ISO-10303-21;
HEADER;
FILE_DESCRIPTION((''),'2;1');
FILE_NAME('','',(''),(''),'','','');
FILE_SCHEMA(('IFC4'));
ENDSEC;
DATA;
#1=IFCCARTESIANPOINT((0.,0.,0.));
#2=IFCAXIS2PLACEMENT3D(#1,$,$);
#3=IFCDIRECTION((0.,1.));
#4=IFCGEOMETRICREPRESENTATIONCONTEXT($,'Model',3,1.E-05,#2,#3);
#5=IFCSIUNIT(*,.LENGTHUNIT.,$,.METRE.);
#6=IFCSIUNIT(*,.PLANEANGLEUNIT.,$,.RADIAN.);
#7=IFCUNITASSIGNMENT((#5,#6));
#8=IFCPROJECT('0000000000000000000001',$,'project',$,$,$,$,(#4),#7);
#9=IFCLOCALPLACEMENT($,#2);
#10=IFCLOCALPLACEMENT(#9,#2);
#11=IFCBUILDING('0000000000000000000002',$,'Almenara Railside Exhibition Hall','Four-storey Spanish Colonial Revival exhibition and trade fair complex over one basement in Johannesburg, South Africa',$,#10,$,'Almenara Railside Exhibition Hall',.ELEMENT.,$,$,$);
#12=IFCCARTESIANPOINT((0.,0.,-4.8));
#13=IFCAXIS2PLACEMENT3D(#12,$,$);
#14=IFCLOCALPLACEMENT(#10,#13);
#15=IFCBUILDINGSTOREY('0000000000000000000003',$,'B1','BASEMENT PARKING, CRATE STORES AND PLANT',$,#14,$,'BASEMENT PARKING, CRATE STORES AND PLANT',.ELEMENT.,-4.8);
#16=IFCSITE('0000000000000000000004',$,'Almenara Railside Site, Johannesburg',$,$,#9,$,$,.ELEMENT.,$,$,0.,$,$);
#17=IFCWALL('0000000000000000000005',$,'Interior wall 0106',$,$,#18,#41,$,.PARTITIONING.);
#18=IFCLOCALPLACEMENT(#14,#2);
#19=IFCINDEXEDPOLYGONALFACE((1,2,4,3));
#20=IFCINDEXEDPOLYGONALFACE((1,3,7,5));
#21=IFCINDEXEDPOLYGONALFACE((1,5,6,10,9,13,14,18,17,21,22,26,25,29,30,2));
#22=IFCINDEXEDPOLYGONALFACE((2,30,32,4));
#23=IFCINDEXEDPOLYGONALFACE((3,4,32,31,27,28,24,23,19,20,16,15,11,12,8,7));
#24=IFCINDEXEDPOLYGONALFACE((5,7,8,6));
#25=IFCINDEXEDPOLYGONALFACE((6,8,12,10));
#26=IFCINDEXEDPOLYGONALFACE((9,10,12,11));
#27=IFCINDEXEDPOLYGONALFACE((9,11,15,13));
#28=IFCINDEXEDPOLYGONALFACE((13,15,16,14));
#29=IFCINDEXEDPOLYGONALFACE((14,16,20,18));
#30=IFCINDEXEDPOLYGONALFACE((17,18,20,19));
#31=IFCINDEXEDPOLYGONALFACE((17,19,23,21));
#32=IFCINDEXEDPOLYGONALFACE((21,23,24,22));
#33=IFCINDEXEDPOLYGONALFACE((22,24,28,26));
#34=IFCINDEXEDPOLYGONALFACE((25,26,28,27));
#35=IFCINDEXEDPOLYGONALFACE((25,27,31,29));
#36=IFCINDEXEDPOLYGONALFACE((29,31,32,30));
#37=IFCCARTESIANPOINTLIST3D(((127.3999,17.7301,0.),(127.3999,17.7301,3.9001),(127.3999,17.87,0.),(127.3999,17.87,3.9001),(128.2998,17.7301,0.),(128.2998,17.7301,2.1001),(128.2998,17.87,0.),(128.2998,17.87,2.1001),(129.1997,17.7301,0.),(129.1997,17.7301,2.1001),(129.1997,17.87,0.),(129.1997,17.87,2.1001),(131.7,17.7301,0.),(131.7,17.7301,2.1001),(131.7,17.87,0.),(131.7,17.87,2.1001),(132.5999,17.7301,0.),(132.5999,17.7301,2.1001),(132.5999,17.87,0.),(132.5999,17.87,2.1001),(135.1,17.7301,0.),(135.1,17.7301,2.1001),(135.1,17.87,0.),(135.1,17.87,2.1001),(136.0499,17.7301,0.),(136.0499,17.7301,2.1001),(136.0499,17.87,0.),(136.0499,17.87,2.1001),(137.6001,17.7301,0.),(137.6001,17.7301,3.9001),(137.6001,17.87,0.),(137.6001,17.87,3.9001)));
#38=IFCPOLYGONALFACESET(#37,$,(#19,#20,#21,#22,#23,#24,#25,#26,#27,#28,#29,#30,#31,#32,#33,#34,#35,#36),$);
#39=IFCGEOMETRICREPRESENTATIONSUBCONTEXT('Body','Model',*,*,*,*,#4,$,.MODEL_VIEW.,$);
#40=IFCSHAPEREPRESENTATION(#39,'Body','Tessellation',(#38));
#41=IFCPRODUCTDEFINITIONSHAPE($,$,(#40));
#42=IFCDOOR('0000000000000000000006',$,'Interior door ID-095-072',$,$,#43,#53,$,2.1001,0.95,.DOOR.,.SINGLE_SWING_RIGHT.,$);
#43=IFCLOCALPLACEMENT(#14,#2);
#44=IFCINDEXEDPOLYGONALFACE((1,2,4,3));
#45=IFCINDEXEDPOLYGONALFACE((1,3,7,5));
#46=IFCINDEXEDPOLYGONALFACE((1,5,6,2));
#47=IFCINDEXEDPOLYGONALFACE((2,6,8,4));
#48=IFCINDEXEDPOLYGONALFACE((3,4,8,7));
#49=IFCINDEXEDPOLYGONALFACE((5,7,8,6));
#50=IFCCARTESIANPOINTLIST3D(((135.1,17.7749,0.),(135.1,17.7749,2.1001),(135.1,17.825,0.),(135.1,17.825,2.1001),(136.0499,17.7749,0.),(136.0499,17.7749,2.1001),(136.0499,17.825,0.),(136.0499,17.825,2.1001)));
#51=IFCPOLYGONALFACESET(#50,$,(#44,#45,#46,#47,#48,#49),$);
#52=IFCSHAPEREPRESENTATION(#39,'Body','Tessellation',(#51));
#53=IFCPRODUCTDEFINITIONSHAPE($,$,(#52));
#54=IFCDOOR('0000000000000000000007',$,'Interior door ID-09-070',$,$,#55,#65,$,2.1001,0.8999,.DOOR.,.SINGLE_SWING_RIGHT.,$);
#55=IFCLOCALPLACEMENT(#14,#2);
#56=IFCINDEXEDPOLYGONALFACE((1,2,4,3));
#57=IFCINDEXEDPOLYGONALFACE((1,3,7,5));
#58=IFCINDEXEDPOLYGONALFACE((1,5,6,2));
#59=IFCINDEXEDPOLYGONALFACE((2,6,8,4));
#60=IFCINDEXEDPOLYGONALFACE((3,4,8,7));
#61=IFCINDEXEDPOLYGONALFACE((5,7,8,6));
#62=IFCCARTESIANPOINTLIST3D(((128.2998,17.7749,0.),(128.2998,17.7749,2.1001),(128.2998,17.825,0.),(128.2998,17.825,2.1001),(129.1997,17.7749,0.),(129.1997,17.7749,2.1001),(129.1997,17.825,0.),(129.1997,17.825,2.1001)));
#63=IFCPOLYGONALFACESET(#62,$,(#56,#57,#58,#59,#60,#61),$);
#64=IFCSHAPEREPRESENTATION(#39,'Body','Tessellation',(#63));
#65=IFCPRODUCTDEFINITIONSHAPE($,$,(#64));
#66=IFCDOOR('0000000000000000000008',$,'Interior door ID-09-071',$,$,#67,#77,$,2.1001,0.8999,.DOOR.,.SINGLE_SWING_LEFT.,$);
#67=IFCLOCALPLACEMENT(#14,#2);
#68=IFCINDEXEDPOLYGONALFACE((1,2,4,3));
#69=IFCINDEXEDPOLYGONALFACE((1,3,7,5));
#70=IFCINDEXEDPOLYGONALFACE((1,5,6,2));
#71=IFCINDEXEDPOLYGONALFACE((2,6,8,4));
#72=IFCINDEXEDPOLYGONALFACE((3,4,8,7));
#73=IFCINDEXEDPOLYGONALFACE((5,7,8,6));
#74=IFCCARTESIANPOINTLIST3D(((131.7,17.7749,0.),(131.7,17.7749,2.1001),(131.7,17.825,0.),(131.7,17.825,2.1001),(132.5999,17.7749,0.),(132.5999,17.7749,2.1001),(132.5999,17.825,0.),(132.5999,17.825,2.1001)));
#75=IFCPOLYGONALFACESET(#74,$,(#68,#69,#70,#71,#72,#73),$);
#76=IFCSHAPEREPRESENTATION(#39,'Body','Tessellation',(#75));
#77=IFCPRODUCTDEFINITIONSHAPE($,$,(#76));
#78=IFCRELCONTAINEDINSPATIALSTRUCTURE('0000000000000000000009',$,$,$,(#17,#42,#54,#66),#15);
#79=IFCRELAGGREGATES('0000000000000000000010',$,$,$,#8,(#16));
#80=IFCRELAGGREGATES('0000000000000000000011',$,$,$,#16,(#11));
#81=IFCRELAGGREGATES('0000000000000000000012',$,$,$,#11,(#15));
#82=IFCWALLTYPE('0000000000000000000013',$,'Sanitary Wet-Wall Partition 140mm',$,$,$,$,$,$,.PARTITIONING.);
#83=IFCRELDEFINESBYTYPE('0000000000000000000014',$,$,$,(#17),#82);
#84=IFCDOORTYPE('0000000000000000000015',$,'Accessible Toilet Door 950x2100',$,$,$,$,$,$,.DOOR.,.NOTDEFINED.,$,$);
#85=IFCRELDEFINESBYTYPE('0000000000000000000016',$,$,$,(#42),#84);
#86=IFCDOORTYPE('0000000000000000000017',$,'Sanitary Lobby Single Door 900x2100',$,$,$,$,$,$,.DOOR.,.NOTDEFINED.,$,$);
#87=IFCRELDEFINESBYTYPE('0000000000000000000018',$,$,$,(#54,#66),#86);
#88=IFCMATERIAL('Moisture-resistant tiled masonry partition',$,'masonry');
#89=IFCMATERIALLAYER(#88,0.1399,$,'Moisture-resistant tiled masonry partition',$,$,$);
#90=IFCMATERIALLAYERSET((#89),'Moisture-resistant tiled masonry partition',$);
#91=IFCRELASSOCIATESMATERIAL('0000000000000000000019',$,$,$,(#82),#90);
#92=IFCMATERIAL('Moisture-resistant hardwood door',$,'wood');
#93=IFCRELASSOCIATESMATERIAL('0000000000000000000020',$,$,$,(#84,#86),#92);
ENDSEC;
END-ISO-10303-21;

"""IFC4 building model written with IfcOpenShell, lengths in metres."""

from ifc_helpers import new_model, si_unit, direction, frame, frame_2d, origin, place, context, subcontext, project, spatial, rectangle, extrude, material, layer, layer_set, type_object, element, fill, save


model = new_model("IFC4")

# Units and contexts
model_context = context("Model", 3, precision=1e-05, world=origin(), true_north=direction((0.0, 1.0)))
body_context = subcontext(model_context, "Body", "Model", "MODEL_VIEW")
ifc_project = project(units=[si_unit("LENGTHUNIT", "METRE"), si_unit("PLANEANGLEUNIT", "RADIAN")], contexts=[model_context])

# Site, building, storey
site_placement = place(None, origin())
site = spatial("IfcSite", under=ifc_project, at=site_placement, Name="Almenara Railside Site, Johannesburg", CompositionType="ELEMENT", RefElevation=0.0)
building_placement = place(site_placement, origin())
building = spatial("IfcBuilding", under=site, at=building_placement, Name="Almenara Railside Exhibition Hall", Description="Four-storey Spanish Colonial Revival exhibition and trade fair complex over one basement in Johannesburg, South Africa", LongName="Almenara Railside Exhibition Hall", CompositionType="ELEMENT")
storey_placement = place(building_placement, frame((0.0, 0.0, -4.8)))
storey = spatial("IfcBuildingStorey", under=building, at=storey_placement, Name="B1", Description="BASEMENT PARKING, CRATE STORES AND PLANT", LongName="BASEMENT PARKING, CRATE STORES AND PLANT", CompositionType="ELEMENT", Elevation=-4.8)

# Wall, openings, doors
ifc_material_1 = material(Name="Moisture-resistant tiled masonry partition", Category="masonry")
ifc_layer_1 = layer(ifc_material_1, 0.1399, Name="Moisture-resistant tiled masonry partition")
ifc_layer_set_1 = layer_set([ifc_layer_1], Name="Moisture-resistant tiled masonry partition")
wall_type_1 = type_object("IfcWallType", Name="Sanitary Wet-Wall Partition 140mm", PredefinedType="PARTITIONING", material=ifc_layer_set_1)
wall_1_placement = place(storey_placement, frame((127.3999, 17.8, 0.0), z_axis=(0.0, 0.0, 1.0), x_axis=(1.0, 0.0, 0.0)))
wall_1 = element("IfcWall", 1, at=wall_1_placement, inside=storey, type_object=wall_type_1, Name="Interior wall 0106", PredefinedType="PARTITIONING", context=body_context, shape_type="SweptSolid", body=[
    extrude(rectangle(XDim=10.2002, YDim=0.1399, at=frame_2d((5.1001, 0.0))), origin(), (0.0, 0.0, 1.0), 3.9001),
])
opening_1_placement = place(wall_1_placement, frame((0.8999, 0.0, 0.0)))
opening_1 = element("IfcOpeningElement", 2, at=opening_1_placement, cuts=wall_1, PredefinedType="OPENING", context=body_context, shape_type="SweptSolid", body=[
    extrude(rectangle(XDim=0.8999, YDim=2.1001, at=frame_2d((0.45, 1.05))), frame((0.0, 0.0798, 0.0), z_axis=(0.0, -1.0, 0.0), x_axis=(1.0, 0.0, 0.0)), (0.0, 0.0, 1.0), 0.1599),
])
opening_2_placement = place(wall_1_placement, frame((4.3, 0.0, 0.0)))
opening_2 = element("IfcOpeningElement", 3, at=opening_2_placement, cuts=wall_1, PredefinedType="OPENING", context=body_context, shape_type="SweptSolid", body=[
    extrude(rectangle(XDim=0.8999, YDim=2.1001, at=frame_2d((0.45, 1.05))), frame((0.0, 0.0798, 0.0), z_axis=(0.0, -1.0, 0.0), x_axis=(1.0, 0.0, 0.0)), (0.0, 0.0, 1.0), 0.1599),
])
opening_3_placement = place(wall_1_placement, frame((7.7, 0.0, 0.0)))
opening_3 = element("IfcOpeningElement", 4, at=opening_3_placement, cuts=wall_1, PredefinedType="OPENING", context=body_context, shape_type="SweptSolid", body=[
    extrude(rectangle(XDim=0.95, YDim=2.1001, at=frame_2d((0.4751, 1.05))), frame((0.0, 0.0798, 0.0), z_axis=(0.0, -1.0, 0.0), x_axis=(1.0, 0.0, 0.0)), (0.0, 0.0, 1.0), 0.1599),
])
ifc_material_2 = material(Name="Moisture-resistant hardwood door", Category="wood")
door_type_1 = type_object("IfcDoorType", Name="Accessible Toilet Door 950x2100", OperationType="NOTDEFINED", PredefinedType="DOOR", material=ifc_material_2)
door_1_placement = place(opening_3_placement, origin())
door_1 = element("IfcDoor", 5, at=door_1_placement, inside=storey, type_object=door_type_1, Name="Interior door ID-095-072", OperationType="SINGLE_SWING_RIGHT", OverallHeight=2.1001, OverallWidth=0.95, PredefinedType="DOOR", context=body_context, shape_type="SweptSolid", body=[
    extrude(rectangle(XDim=0.95, YDim=2.1001, at=frame_2d((0.4751, 1.05))), frame((0.0, 0.0249, 0.0), z_axis=(0.0, -1.0, 0.0), x_axis=(1.0, 0.0, 0.0)), (0.0, 0.0, 1.0), 0.05),
])
fill(opening_3, door_1)
door_type_2 = type_object("IfcDoorType", Name="Sanitary Lobby Single Door 900x2100", OperationType="NOTDEFINED", PredefinedType="DOOR", material=ifc_material_2)
door_2_placement = place(opening_1_placement, origin())
door_2 = element("IfcDoor", 6, at=door_2_placement, inside=storey, type_object=door_type_2, Name="Interior door ID-09-070", OperationType="SINGLE_SWING_RIGHT", OverallHeight=2.1001, OverallWidth=0.8999, PredefinedType="DOOR", context=body_context, shape_type="SweptSolid", body=[
    extrude(rectangle(XDim=0.8999, YDim=2.1001, at=frame_2d((0.45, 1.05))), frame((0.0, 0.0249, 0.0), z_axis=(0.0, -1.0, 0.0), x_axis=(1.0, 0.0, 0.0)), (0.0, 0.0, 1.0), 0.05),
])
fill(opening_1, door_2)
door_3_placement = place(opening_2_placement, origin())
door_3 = element("IfcDoor", 7, at=door_3_placement, inside=storey, type_object=door_type_2, Name="Interior door ID-09-071", OperationType="SINGLE_SWING_LEFT", OverallHeight=2.1001, OverallWidth=0.8999, PredefinedType="DOOR", context=body_context, shape_type="SweptSolid", body=[
    extrude(rectangle(XDim=0.8999, YDim=2.1001, at=frame_2d((0.45, 1.05))), frame((0.0, 0.0249, 0.0), z_axis=(0.0, -1.0, 0.0), x_axis=(1.0, 0.0, 0.0)), (0.0, 0.0, 1.0), 0.05),
])
fill(opening_2, door_3)

save(model, "model.ifc")
